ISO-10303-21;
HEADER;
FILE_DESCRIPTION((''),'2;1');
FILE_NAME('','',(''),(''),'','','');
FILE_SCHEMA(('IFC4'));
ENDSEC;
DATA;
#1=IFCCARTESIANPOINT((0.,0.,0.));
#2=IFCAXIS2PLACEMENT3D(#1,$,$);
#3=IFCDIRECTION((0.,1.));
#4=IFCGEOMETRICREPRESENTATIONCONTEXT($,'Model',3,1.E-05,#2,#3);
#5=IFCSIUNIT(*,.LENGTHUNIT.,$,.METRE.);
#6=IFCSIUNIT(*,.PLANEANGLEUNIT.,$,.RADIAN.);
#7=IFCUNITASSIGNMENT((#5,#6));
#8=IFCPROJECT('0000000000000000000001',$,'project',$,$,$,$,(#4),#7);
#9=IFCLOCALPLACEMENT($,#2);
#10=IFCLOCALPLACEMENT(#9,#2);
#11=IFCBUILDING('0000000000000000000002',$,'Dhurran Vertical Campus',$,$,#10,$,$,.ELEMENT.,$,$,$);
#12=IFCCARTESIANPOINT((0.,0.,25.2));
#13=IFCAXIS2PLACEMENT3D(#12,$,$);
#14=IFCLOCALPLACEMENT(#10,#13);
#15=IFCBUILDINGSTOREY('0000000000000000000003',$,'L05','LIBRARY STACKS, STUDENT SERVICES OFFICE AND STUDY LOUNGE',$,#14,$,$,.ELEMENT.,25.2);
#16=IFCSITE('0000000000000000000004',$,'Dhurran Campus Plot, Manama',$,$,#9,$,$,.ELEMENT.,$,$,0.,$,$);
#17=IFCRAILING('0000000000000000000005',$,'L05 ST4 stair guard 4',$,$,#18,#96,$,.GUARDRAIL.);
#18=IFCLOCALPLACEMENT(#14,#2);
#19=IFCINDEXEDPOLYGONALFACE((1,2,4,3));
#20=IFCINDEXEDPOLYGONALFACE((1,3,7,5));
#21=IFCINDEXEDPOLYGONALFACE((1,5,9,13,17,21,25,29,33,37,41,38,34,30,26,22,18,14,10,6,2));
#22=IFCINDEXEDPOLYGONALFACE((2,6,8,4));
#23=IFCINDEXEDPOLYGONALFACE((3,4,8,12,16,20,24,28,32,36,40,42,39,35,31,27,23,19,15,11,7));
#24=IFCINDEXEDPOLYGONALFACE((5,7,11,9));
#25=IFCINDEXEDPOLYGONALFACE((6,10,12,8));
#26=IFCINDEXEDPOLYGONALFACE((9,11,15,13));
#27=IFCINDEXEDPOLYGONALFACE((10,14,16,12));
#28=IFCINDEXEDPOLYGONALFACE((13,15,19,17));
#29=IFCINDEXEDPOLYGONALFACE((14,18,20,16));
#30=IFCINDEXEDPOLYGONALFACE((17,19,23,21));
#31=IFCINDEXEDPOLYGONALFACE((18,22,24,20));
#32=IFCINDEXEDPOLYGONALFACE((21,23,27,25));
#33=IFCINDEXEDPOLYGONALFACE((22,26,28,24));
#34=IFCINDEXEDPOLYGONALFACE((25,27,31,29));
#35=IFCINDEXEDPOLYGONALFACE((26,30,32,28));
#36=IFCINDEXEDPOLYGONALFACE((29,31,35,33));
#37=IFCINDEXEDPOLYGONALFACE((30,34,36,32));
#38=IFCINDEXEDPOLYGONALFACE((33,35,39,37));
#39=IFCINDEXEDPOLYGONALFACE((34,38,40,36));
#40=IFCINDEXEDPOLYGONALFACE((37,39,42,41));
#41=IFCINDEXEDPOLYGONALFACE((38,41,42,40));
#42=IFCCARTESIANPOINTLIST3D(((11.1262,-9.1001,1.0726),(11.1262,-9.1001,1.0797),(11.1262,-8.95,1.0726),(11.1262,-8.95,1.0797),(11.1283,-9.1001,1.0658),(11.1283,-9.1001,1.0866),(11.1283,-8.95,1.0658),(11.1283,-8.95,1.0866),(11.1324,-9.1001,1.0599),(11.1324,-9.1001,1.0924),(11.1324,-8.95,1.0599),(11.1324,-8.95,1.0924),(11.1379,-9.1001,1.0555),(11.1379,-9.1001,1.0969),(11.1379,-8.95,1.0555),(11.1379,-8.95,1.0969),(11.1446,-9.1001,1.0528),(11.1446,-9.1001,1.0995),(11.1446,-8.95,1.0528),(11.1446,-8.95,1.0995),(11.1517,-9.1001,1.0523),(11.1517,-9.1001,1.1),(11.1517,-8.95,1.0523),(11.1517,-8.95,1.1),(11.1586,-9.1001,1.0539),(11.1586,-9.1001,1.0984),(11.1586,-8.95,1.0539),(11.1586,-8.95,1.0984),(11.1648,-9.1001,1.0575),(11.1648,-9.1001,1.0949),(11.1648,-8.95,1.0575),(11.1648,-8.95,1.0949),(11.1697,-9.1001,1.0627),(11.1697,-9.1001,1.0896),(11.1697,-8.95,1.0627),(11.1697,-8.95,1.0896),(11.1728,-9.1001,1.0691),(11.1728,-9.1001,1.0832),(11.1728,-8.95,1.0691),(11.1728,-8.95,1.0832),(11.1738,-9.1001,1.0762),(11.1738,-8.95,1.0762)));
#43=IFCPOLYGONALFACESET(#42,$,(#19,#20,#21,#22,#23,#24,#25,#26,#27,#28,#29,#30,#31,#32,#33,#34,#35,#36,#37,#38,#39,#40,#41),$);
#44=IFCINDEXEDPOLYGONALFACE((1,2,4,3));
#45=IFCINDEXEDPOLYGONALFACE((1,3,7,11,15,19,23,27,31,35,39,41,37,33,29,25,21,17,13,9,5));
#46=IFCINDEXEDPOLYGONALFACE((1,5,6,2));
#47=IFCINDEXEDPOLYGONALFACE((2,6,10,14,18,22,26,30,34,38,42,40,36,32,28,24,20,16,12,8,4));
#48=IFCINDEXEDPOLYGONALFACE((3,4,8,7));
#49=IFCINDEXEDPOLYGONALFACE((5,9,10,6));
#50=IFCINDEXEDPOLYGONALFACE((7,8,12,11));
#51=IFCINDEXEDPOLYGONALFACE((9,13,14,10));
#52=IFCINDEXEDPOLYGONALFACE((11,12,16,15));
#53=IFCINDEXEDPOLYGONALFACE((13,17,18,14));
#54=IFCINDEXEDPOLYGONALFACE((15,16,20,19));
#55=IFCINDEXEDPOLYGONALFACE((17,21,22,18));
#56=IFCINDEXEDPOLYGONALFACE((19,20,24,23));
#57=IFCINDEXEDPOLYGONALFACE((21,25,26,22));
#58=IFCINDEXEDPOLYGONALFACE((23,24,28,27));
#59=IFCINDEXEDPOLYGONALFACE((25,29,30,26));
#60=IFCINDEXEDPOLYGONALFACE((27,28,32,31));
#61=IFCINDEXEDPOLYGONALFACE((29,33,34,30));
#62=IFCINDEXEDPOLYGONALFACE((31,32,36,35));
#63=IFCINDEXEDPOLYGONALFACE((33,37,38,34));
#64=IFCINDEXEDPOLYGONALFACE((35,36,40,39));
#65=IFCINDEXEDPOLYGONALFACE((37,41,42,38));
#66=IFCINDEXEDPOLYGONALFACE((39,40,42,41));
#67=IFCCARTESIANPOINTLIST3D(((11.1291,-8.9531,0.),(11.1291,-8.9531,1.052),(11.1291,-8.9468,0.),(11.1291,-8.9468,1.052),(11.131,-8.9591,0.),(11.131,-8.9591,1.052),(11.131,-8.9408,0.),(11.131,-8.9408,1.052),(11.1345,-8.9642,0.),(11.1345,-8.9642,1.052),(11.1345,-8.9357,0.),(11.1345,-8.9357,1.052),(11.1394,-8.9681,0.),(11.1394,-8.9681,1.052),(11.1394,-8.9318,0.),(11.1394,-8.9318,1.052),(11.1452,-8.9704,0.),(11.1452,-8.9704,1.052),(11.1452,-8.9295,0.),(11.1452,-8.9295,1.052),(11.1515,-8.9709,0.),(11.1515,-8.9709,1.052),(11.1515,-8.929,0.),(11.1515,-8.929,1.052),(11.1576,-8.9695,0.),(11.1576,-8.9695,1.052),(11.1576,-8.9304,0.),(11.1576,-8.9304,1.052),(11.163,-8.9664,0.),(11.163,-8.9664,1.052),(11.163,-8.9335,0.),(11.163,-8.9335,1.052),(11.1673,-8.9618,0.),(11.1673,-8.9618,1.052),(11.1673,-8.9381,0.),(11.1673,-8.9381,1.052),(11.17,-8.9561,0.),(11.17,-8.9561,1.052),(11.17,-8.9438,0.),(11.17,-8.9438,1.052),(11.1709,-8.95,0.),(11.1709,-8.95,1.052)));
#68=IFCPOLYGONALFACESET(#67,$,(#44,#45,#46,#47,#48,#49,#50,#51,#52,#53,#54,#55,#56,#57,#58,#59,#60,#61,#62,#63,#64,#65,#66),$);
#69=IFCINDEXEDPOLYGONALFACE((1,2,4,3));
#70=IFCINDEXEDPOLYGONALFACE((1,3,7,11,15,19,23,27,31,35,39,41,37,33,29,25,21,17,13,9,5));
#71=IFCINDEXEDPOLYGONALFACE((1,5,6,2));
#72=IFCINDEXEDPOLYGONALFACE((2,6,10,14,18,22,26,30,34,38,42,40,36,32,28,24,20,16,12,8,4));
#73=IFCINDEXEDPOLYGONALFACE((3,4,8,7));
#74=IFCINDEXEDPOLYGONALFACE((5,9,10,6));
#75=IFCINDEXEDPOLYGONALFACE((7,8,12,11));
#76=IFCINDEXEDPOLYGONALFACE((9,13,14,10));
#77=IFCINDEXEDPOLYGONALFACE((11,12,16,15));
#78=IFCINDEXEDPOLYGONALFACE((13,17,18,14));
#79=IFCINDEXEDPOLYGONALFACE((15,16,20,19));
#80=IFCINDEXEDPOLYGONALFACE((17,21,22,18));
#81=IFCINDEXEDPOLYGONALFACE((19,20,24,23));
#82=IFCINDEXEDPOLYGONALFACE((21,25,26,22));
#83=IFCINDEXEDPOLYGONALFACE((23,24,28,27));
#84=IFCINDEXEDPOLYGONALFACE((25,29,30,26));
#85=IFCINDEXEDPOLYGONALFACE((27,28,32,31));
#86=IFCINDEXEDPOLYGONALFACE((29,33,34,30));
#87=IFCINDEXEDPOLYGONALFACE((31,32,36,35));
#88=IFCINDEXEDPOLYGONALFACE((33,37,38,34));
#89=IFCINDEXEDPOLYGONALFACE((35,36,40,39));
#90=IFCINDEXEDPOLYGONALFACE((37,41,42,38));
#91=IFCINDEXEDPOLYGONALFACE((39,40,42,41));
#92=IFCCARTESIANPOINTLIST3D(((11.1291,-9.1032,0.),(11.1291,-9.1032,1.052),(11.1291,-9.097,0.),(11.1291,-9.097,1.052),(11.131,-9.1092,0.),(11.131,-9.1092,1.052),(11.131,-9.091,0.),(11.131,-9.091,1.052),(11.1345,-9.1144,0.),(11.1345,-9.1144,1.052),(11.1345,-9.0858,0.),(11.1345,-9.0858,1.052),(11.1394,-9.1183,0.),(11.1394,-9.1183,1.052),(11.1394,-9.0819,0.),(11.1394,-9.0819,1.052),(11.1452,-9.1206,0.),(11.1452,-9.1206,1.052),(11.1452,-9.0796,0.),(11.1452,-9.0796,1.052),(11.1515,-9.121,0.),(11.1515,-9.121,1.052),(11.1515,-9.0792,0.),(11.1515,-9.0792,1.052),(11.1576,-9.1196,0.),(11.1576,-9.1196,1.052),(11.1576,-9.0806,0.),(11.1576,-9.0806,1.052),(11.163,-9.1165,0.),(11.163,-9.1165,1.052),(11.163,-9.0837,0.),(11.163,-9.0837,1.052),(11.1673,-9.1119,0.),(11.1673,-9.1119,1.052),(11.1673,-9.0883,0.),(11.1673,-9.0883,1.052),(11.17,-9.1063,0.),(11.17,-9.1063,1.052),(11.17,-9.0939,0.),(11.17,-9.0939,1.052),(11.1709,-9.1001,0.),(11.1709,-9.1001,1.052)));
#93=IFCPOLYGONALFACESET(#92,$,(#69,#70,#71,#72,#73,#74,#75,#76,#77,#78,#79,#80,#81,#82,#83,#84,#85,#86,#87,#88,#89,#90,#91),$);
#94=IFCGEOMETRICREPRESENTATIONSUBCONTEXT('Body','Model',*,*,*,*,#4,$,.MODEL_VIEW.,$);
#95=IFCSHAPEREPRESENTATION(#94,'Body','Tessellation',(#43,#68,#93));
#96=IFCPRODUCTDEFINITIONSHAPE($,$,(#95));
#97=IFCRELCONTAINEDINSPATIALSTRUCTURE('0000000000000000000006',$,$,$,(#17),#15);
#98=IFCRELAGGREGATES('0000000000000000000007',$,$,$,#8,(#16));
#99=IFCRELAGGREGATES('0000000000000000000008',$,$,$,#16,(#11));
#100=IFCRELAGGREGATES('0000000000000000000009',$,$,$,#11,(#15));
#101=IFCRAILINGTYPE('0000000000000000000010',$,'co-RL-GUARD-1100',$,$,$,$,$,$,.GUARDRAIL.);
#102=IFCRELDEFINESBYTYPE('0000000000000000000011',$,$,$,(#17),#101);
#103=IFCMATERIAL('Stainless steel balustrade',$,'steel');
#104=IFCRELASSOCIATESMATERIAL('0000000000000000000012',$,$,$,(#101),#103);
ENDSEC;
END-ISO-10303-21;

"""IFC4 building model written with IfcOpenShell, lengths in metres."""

from ifc_helpers import new_model, si_unit, direction, frame, origin, origin_2d, place, context, subcontext, project, spatial, circle, extrude, material, type_object, element, save


model = new_model("IFC4")

# Units and contexts
model_context = context("Model", 3, precision=1e-05, world=origin(), true_north=direction((0.0, 1.0)))
body_context = subcontext(model_context, "Body", "Model", "MODEL_VIEW")
ifc_project = project(units=[si_unit("LENGTHUNIT", "METRE"), si_unit("PLANEANGLEUNIT", "RADIAN")], contexts=[model_context])

# Site, building, storey
site_placement = place(None, origin())
site = spatial("IfcSite", under=ifc_project, at=site_placement, Name="Dhurran Campus Plot, Manama", CompositionType="ELEMENT", RefElevation=0.0)
building_placement = place(site_placement, origin())
building = spatial("IfcBuilding", under=site, at=building_placement, Name="Dhurran Vertical Campus", CompositionType="ELEMENT")
storey_placement = place(building_placement, frame((0.0, 0.0, 25.2)))
storey = spatial("IfcBuildingStorey", under=building, at=storey_placement, Name="L05", Description="LIBRARY STACKS, STUDENT SERVICES OFFICE AND STUDY LOUNGE", CompositionType="ELEMENT", Elevation=25.2)

# Railing
ifc_material_1 = material(Name="Stainless steel balustrade", Category="steel")
railing_type_1 = type_object("IfcRailingType", Name="co-RL-GUARD-1100", PredefinedType="GUARDRAIL", material=ifc_material_1)
railing_1_placement = place(storey_placement, frame((11.1499, -8.95, 0.0)))
element("IfcRailing", 1, at=railing_1_placement, inside=storey, type_object=railing_type_1, Name="L05 ST4 stair guard 4", PredefinedType="GUARDRAIL", context=body_context, shape_type="SweptSolid", body=[
    extrude(circle(Radius=0.0239, at=origin_2d()), frame((0.0, 0.0, 1.0762), z_axis=(0.0, -1.0, 0.0), x_axis=(1.0, 0.0, 0.0)), (0.0, 0.0, 1.0), 0.1501),
    extrude(circle(Radius=0.021, at=origin_2d()), origin(), (0.0, 0.0, 1.0), 1.052),
    extrude(circle(Radius=0.021, at=origin_2d()), frame((0.0, -0.1501, 0.0)), (0.0, 0.0, 1.0), 1.052),
])

save(model, "model.ifc")
